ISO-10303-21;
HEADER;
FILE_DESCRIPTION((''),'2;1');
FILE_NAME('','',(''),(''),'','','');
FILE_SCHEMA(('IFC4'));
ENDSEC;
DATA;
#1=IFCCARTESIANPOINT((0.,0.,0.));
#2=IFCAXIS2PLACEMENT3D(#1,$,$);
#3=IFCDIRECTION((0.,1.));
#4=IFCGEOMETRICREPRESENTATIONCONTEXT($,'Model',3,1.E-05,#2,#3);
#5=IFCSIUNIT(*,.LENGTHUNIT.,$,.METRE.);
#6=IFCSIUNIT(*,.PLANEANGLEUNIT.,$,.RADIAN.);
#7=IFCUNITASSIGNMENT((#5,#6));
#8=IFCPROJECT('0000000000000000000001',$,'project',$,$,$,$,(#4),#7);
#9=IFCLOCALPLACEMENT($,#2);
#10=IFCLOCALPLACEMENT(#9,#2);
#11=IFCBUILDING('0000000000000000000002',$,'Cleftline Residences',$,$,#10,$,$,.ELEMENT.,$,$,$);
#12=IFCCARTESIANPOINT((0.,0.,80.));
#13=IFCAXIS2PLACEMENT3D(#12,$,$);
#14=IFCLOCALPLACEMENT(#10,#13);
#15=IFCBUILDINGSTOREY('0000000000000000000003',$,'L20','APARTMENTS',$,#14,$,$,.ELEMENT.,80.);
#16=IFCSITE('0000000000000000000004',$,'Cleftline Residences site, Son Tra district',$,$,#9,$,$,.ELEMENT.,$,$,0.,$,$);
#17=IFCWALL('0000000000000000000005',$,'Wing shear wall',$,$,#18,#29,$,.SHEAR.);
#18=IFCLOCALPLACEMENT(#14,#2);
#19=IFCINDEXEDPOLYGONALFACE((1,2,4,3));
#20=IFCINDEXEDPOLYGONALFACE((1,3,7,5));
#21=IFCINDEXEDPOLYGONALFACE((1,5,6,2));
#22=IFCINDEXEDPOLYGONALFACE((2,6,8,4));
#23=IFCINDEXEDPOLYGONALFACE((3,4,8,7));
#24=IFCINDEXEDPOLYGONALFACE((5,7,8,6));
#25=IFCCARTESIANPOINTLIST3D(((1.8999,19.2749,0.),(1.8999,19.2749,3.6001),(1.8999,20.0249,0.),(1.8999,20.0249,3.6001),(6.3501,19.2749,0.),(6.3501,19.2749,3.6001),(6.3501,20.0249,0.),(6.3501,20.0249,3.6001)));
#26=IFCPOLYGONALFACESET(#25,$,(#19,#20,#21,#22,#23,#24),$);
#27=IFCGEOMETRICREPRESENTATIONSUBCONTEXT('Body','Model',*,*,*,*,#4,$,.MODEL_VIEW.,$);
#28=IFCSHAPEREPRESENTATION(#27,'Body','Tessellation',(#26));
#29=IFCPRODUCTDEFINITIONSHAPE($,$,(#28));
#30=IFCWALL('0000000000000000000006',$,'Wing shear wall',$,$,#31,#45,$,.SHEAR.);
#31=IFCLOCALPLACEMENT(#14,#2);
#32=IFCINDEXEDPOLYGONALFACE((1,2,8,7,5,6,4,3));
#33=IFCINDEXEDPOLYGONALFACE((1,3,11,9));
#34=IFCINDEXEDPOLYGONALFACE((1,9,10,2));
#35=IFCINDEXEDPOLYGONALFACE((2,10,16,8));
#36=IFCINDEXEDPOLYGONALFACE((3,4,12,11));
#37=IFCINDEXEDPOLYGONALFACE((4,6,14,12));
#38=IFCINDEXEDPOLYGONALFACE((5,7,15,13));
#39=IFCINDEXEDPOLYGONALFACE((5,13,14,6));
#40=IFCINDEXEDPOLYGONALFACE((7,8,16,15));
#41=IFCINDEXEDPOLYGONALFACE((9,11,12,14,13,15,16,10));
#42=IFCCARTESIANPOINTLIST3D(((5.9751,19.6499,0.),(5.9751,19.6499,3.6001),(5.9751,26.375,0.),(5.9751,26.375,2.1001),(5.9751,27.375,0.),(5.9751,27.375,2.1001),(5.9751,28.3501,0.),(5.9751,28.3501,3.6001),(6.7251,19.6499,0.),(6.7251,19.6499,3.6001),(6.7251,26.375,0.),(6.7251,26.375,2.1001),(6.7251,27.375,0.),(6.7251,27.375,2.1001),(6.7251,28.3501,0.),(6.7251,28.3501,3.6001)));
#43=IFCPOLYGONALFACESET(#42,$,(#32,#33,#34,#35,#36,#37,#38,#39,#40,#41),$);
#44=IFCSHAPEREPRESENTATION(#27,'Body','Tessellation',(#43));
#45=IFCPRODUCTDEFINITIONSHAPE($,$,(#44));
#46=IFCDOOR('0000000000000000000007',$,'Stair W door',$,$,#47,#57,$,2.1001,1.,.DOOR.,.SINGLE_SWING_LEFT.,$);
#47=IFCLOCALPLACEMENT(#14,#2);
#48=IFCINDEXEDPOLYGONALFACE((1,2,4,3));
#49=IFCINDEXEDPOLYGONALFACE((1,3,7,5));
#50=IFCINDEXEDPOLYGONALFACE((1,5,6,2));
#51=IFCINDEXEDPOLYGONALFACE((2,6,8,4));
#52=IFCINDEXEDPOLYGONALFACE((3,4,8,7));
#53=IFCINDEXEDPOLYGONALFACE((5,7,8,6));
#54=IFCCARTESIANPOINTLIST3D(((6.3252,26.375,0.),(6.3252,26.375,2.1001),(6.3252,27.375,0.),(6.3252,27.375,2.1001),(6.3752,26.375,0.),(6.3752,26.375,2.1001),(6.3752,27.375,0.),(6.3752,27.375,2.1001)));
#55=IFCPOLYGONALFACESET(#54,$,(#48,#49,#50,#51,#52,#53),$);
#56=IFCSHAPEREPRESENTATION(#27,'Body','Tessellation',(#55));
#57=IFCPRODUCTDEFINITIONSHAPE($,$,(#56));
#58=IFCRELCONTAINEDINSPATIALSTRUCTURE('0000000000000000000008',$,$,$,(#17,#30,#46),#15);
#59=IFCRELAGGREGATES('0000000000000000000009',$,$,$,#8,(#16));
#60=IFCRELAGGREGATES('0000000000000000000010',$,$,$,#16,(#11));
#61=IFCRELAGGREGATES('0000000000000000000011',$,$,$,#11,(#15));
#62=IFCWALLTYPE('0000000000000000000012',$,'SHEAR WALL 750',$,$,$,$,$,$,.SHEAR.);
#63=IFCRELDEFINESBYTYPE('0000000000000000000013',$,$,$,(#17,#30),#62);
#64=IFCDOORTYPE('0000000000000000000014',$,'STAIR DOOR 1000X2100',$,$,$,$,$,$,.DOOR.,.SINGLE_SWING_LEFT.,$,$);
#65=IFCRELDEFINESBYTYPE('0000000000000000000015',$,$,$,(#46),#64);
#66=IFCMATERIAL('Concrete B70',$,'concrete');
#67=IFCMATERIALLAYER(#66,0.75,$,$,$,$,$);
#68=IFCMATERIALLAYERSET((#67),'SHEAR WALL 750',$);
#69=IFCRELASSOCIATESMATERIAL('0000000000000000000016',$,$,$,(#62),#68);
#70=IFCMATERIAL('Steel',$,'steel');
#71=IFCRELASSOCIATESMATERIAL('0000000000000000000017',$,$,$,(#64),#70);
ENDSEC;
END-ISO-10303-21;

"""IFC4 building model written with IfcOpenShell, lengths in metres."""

from ifc_helpers import new_model, si_unit, direction, frame, frame_2d, origin, place, context, subcontext, project, spatial, rectangle, extrude, material, layer, layer_set, type_object, element, fill, save


model = new_model("IFC4")

# Units and contexts
model_context = context("Model", 3, precision=1e-05, world=origin(), true_north=direction((0.0, 1.0)))
body_context = subcontext(model_context, "Body", "Model", "MODEL_VIEW")
ifc_project = project(units=[si_unit("LENGTHUNIT", "METRE"), si_unit("PLANEANGLEUNIT", "RADIAN")], contexts=[model_context])

# Site, building, storey
site_placement = place(None, origin())
site = spatial("IfcSite", under=ifc_project, at=site_placement, Name="Cleftline Residences site, Son Tra district", CompositionType="ELEMENT", RefElevation=0.0)
building_placement = place(site_placement, origin())
building = spatial("IfcBuilding", under=site, at=building_placement, Name="Cleftline Residences", CompositionType="ELEMENT")
storey_placement = place(building_placement, frame((0.0, 0.0, 80.0)))
storey = spatial("IfcBuildingStorey", under=building, at=storey_placement, Name="L20", Description="APARTMENTS", CompositionType="ELEMENT", Elevation=80.0)

# Wall
ifc_material_1 = material(Name="Concrete B70", Category="concrete")
ifc_layer_1 = layer(ifc_material_1, 0.75)
ifc_layer_set_1 = layer_set([ifc_layer_1], Name="SHEAR WALL 750")
wall_type_1 = type_object("IfcWallType", Name="SHEAR WALL 750", PredefinedType="SHEAR", material=ifc_layer_set_1)
wall_1_placement = place(storey_placement, frame((1.8999, 19.6499, 0.0), z_axis=(0.0, 0.0, 1.0), x_axis=(1.0, 0.0, 0.0)))
element("IfcWall", 1, at=wall_1_placement, inside=storey, type_object=wall_type_1, Name="Wing shear wall", PredefinedType="SHEAR", context=body_context, shape_type="SweptSolid", body=[
    extrude(rectangle(XDim=4.4502, YDim=0.75, at=frame_2d((2.2251, 0.0))), origin(), (0.0, 0.0, 1.0), 3.6001),
])

# Wall, opening, door
wall_2_placement = place(storey_placement, frame((6.3501, 19.6499, 0.0), z_axis=(0.0, 0.0, 1.0), x_axis=(0.0, 1.0, 0.0)))
wall_2 = element("IfcWall", 2, at=wall_2_placement, inside=storey, type_object=wall_type_1, Name="Wing shear wall", PredefinedType="SHEAR", context=body_context, shape_type="SweptSolid", body=[
    extrude(rectangle(XDim=8.7002, YDim=0.75, at=frame_2d((4.3501, 0.0))), origin(), (0.0, 0.0, 1.0), 3.6001),
])
opening_1_placement = place(wall_2_placement, frame((6.7251, 0.0, 0.0)))
opening_1 = element("IfcOpeningElement", 3, at=opening_1_placement, cuts=wall_2, PredefinedType="OPENING", context=body_context, shape_type="SweptSolid", body=[
    extrude(rectangle(XDim=1.0, YDim=2.1001, at=frame_2d((0.5, 1.05))), frame((0.0, 0.385, 0.0), z_axis=(0.0, -1.0, 0.0), x_axis=(1.0, 0.0, 0.0)), (0.0, 0.0, 1.0), 0.77),
])
ifc_material_2 = material(Name="Steel", Category="steel")
door_type_1 = type_object("IfcDoorType", Name="STAIR DOOR 1000X2100", OperationType="SINGLE_SWING_LEFT", PredefinedType="DOOR", material=ifc_material_2)
door_1_placement = place(opening_1_placement, origin())
door_1 = element("IfcDoor", 4, at=door_1_placement, inside=storey, type_object=door_type_1, Name="Stair W door", OperationType="SINGLE_SWING_LEFT", OverallHeight=2.1001, OverallWidth=1.0, PredefinedType="DOOR", context=body_context, shape_type="SweptSolid", body=[
    extrude(rectangle(XDim=1.0, YDim=2.1001, at=frame_2d((0.5, 1.05))), frame((0.0, 0.0249, 0.0), z_axis=(0.0, -1.0, 0.0), x_axis=(1.0, 0.0, 0.0)), (0.0, 0.0, 1.0), 0.05),
])
fill(opening_1, door_1)

save(model, "model.ifc")
